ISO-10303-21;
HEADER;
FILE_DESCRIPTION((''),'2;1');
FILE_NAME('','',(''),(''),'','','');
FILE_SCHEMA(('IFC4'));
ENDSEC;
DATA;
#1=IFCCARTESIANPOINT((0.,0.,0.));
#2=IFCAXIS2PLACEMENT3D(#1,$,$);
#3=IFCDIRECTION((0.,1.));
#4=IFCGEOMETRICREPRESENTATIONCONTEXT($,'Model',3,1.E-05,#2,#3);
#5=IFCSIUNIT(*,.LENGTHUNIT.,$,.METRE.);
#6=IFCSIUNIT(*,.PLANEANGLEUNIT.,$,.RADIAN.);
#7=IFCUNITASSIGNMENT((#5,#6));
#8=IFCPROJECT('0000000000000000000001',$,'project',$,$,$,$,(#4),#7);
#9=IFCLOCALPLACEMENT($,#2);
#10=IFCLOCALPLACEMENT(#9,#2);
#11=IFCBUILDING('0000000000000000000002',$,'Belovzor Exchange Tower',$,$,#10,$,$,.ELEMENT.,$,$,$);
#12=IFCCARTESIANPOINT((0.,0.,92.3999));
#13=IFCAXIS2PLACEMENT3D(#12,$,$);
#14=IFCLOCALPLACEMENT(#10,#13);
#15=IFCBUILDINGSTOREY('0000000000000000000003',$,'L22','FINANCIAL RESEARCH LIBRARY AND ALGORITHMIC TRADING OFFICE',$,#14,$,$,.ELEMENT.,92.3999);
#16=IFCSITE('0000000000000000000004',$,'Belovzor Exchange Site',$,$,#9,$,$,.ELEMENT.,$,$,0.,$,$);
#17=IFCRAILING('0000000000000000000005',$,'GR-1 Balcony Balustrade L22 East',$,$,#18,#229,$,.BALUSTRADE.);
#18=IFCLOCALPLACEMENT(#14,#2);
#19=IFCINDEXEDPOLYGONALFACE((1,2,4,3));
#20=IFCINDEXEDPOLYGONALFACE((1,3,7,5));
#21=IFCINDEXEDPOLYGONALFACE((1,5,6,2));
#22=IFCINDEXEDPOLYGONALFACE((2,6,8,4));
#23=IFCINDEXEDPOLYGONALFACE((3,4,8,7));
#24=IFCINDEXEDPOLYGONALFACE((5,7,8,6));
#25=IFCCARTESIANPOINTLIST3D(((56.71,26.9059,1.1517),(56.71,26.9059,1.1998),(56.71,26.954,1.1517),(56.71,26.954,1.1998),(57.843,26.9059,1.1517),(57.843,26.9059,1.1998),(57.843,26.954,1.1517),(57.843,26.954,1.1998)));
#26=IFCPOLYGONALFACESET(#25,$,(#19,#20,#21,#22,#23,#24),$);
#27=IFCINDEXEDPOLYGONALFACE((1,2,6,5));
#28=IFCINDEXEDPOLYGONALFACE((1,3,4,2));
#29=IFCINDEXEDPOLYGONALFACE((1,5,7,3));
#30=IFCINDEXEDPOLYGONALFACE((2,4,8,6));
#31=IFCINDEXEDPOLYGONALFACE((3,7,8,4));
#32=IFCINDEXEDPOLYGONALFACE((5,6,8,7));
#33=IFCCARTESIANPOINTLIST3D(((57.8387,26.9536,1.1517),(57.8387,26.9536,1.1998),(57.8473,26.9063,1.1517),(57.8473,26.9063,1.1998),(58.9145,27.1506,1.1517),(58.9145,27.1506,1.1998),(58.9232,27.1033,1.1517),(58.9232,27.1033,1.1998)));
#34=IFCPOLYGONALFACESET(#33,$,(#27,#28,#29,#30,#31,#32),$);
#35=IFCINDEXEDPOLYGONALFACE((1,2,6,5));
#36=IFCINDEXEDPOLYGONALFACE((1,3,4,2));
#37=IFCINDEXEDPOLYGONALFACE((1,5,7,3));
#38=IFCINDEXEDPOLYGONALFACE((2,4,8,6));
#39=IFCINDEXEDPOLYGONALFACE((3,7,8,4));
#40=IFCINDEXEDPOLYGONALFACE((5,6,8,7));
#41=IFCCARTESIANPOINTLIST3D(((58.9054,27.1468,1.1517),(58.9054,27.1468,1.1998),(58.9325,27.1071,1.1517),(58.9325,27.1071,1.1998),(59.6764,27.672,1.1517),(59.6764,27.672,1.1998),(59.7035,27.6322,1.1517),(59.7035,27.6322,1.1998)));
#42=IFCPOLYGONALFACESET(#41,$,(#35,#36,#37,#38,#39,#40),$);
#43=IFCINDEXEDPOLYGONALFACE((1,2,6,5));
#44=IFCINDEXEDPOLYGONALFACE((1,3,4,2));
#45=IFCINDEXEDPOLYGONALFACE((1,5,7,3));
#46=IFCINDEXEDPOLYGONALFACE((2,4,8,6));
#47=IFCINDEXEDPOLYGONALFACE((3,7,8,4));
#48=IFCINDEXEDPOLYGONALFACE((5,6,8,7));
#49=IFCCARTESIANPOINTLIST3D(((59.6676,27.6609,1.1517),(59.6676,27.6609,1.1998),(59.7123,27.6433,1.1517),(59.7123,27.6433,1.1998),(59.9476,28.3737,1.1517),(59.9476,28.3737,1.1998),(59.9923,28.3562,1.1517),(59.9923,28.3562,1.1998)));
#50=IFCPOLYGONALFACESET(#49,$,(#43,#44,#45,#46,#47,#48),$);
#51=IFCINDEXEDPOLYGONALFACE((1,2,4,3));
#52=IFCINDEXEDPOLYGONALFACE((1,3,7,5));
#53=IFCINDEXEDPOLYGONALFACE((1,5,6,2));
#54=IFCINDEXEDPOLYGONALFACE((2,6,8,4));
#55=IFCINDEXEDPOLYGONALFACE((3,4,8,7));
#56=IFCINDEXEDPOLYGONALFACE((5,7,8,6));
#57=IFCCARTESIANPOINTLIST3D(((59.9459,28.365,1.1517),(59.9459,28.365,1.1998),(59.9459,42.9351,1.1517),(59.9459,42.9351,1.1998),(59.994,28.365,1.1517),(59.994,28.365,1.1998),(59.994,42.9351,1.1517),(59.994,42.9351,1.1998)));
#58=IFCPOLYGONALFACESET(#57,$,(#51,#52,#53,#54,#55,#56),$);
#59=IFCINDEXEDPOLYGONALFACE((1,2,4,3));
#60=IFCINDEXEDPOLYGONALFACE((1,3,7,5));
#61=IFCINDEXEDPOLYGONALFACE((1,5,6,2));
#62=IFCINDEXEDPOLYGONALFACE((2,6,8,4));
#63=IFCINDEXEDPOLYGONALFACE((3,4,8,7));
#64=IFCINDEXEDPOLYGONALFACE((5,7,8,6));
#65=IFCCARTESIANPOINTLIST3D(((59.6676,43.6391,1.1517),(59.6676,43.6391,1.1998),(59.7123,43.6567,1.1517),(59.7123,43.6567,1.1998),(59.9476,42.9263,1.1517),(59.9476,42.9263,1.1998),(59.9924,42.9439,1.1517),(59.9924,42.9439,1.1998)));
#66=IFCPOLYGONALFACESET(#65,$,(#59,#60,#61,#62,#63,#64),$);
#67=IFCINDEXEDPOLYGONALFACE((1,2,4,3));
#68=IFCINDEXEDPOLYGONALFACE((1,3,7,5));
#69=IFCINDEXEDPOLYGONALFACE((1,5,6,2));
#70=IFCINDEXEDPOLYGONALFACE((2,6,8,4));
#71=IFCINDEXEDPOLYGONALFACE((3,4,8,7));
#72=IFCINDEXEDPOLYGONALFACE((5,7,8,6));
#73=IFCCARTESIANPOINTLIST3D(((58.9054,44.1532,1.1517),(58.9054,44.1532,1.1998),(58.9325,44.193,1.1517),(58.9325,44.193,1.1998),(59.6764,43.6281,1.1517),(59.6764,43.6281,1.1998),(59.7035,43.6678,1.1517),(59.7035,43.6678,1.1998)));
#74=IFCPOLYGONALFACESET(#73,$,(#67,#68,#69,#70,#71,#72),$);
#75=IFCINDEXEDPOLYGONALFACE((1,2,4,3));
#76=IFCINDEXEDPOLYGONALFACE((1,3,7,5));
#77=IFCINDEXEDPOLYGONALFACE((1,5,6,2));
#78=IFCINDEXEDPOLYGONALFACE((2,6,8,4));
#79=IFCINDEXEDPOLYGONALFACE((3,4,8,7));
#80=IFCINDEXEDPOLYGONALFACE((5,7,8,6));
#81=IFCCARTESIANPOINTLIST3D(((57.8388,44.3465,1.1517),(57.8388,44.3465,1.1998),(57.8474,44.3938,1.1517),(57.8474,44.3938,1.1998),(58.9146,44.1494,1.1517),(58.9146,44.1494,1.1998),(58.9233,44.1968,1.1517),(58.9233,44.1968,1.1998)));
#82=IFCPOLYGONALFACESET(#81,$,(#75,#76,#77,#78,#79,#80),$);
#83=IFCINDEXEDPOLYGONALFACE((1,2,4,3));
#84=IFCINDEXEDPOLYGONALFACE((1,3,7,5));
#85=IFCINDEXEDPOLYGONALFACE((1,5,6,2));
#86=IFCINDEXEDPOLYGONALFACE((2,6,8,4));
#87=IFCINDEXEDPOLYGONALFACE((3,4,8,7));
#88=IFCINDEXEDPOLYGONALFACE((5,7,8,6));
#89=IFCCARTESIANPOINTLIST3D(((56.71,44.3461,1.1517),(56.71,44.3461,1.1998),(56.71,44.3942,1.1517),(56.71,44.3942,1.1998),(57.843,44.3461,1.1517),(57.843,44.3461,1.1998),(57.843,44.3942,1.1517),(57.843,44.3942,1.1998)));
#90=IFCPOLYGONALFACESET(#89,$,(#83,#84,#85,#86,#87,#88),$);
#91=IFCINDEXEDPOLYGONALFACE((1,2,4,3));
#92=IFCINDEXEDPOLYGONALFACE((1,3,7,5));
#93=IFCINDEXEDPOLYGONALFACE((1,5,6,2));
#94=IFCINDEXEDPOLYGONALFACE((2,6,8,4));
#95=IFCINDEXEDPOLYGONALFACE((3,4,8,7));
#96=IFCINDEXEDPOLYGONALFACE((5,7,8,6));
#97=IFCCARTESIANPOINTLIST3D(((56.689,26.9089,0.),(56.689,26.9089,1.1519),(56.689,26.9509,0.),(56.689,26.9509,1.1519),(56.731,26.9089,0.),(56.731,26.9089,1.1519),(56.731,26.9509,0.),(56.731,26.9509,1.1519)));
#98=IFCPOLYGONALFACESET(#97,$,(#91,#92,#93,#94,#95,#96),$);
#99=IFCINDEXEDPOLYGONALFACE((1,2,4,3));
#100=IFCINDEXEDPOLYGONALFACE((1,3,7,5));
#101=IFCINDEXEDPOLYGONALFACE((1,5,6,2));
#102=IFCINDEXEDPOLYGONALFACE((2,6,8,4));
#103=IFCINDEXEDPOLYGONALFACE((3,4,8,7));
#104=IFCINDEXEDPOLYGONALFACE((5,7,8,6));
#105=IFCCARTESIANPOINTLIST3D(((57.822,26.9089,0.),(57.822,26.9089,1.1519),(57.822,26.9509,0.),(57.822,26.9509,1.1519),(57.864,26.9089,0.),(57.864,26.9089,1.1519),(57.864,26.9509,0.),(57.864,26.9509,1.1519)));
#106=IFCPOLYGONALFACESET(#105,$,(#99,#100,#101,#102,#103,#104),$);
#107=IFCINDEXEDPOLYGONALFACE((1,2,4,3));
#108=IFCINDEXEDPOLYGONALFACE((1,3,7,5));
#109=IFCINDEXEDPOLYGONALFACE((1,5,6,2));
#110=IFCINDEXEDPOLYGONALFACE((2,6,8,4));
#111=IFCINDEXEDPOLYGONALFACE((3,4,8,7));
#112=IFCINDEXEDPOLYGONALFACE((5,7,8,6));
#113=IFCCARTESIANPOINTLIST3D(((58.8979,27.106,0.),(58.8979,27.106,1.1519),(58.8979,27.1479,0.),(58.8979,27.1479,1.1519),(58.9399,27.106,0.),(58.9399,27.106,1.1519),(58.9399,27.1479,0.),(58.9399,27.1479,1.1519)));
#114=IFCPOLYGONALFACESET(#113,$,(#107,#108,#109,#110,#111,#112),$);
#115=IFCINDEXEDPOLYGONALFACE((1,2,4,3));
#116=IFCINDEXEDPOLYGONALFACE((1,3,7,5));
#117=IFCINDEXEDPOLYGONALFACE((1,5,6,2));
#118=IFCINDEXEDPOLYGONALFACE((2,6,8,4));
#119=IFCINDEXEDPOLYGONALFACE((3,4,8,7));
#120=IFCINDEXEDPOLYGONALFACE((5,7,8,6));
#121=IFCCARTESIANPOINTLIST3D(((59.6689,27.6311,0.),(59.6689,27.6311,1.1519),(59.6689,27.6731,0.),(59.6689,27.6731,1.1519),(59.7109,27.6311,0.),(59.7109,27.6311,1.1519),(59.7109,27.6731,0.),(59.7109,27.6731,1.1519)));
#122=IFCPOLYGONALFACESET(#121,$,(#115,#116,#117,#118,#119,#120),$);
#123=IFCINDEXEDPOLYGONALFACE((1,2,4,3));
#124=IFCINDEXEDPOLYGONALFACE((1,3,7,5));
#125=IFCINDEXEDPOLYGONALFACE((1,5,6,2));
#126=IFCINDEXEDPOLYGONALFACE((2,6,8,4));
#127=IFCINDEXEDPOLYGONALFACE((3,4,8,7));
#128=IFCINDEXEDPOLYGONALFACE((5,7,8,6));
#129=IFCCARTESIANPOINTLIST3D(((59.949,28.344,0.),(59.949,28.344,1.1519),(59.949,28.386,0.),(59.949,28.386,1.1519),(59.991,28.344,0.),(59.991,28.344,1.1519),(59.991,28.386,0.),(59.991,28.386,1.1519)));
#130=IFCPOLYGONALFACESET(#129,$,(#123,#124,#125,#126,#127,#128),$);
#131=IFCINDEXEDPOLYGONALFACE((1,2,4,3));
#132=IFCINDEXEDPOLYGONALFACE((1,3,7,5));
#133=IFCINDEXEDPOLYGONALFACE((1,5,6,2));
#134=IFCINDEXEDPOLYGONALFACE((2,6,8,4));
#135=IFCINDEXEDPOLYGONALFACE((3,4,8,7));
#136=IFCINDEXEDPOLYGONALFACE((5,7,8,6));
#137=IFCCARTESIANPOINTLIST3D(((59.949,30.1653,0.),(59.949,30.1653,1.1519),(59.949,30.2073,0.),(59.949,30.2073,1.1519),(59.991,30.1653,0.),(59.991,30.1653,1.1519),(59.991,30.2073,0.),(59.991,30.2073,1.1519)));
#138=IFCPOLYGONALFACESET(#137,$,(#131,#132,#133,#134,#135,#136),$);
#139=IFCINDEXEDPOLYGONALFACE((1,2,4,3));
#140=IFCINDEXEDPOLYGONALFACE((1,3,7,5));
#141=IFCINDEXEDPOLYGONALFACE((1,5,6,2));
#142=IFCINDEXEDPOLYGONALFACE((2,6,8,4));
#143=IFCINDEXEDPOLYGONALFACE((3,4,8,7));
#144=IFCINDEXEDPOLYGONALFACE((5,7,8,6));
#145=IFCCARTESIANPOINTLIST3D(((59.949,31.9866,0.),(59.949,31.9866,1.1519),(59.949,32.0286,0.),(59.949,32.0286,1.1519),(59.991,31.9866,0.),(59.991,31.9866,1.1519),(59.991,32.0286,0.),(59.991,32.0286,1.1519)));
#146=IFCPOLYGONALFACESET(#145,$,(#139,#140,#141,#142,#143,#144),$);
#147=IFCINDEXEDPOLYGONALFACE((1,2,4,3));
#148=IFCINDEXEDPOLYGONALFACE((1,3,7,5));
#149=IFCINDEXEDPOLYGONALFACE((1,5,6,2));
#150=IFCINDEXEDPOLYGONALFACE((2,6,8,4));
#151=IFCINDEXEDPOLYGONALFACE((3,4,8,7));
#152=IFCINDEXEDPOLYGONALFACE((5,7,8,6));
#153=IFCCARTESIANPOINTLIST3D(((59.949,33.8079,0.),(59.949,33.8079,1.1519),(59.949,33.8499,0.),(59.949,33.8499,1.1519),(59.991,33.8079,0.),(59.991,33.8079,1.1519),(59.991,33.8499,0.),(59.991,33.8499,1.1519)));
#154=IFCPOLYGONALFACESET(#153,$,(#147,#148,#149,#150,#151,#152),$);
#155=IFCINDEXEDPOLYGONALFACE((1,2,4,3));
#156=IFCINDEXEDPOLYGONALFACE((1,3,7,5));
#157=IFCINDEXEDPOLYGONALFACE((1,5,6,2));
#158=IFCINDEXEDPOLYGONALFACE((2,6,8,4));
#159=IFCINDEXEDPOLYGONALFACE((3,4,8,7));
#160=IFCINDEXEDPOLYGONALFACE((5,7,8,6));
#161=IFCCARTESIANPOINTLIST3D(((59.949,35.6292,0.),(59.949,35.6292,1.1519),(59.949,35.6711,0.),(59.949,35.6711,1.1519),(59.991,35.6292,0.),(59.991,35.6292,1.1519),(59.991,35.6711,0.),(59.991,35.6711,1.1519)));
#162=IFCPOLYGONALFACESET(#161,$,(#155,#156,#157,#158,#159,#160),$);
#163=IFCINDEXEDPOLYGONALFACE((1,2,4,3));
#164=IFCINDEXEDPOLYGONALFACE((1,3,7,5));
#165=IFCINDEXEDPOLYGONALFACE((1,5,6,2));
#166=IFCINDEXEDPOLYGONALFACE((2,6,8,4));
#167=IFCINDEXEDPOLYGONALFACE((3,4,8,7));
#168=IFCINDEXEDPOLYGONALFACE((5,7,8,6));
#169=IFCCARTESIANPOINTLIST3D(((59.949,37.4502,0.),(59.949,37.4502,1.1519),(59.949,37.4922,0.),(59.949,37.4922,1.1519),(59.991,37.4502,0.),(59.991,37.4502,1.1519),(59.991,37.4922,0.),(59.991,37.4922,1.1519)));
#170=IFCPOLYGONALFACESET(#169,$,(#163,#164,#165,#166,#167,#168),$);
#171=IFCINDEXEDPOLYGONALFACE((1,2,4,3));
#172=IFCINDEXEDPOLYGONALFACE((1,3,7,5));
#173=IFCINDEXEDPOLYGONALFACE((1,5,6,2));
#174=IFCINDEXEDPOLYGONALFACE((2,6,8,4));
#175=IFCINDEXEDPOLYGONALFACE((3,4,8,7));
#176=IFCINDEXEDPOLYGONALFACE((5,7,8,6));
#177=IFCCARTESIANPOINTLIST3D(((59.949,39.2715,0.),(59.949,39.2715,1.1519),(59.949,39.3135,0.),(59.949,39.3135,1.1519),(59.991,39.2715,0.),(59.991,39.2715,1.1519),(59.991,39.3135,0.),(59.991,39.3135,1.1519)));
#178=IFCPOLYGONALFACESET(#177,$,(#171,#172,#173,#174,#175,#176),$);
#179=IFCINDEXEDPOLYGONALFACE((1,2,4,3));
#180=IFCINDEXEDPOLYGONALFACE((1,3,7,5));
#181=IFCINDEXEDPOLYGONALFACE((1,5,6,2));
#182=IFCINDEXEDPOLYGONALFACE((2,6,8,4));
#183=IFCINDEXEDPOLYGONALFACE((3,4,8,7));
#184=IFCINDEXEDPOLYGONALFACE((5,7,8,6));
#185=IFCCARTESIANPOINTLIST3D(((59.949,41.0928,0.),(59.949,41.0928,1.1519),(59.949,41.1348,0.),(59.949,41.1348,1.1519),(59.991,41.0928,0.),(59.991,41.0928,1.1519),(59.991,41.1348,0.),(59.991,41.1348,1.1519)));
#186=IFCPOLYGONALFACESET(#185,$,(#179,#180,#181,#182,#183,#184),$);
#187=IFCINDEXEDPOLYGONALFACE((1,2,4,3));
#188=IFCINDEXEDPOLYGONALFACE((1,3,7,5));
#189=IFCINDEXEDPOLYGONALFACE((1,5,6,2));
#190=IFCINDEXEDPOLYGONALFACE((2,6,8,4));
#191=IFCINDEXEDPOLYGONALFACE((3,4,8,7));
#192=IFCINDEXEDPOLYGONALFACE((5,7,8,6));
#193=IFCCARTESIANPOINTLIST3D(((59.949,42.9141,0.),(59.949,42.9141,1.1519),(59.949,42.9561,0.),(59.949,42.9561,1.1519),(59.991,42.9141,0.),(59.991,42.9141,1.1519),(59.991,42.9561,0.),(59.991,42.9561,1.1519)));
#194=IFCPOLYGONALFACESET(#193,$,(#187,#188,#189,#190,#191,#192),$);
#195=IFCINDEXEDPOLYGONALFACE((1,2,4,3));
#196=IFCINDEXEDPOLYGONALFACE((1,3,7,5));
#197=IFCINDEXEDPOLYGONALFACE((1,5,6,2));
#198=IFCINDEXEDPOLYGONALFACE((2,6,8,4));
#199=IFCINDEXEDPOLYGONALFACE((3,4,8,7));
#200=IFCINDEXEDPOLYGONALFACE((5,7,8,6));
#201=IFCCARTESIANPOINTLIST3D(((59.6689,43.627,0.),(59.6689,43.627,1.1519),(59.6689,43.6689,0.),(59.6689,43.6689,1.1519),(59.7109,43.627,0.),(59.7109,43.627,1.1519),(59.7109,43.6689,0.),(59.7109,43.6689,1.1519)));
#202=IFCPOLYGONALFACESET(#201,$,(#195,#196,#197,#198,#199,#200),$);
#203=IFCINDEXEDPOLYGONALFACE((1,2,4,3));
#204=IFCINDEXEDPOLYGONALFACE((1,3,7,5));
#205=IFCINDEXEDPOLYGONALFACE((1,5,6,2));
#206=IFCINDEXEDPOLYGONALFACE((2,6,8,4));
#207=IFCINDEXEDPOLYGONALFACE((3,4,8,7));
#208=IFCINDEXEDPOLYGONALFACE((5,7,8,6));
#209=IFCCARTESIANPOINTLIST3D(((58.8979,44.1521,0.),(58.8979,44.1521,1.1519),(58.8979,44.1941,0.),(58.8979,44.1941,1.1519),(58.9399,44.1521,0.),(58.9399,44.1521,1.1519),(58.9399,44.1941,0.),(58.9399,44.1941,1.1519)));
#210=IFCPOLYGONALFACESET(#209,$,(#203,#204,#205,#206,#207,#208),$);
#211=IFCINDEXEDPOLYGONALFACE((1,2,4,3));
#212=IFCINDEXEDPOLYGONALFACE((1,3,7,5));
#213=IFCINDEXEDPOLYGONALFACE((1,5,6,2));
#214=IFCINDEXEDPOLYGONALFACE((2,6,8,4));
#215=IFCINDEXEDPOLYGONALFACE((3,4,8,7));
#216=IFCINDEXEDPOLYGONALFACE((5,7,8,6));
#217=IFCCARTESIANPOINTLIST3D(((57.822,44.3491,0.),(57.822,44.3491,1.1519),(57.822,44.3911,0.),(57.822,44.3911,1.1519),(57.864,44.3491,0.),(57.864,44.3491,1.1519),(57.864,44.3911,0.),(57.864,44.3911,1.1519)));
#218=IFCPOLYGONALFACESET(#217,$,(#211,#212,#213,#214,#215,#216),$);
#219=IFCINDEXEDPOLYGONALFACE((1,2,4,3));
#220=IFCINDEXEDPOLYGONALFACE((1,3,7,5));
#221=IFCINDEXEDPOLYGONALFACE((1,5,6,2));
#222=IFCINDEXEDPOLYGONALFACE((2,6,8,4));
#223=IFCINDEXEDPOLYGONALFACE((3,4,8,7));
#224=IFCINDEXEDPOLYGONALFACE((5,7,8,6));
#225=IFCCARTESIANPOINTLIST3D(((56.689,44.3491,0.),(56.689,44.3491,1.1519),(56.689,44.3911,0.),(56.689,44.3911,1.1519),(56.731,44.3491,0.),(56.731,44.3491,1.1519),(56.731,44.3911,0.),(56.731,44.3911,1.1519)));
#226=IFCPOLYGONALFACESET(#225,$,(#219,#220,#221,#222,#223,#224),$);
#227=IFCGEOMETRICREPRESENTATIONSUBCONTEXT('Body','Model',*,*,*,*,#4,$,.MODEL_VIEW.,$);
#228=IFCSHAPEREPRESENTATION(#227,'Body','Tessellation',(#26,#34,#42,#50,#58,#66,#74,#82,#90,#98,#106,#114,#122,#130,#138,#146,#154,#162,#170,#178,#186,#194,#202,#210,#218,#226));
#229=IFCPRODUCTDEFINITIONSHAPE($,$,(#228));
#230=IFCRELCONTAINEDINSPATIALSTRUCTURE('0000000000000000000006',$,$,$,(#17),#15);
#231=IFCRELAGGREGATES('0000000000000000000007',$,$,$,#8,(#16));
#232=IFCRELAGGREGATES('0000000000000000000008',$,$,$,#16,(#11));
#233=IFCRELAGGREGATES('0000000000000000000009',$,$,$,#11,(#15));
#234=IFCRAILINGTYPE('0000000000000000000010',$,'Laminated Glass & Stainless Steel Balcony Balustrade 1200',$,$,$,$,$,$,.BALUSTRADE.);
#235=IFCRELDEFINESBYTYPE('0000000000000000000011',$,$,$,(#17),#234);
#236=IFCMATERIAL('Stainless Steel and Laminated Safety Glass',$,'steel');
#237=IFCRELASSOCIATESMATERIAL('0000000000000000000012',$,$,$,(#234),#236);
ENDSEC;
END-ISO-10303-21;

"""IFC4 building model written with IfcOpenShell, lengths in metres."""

from ifc_helpers import new_model, si_unit, direction, frame, origin, origin_2d, place, context, subcontext, project, spatial, rectangle, extrude, material, type_object, element, save


model = new_model("IFC4")

# Units and contexts
model_context = context("Model", 3, precision=1e-05, world=origin(), true_north=direction((0.0, 1.0)))
body_context = subcontext(model_context, "Body", "Model", "MODEL_VIEW")
ifc_project = project(units=[si_unit("LENGTHUNIT", "METRE"), si_unit("PLANEANGLEUNIT", "RADIAN")], contexts=[model_context])

# Site, building, storey
site_placement = place(None, origin())
site = spatial("IfcSite", under=ifc_project, at=site_placement, Name="Belovzor Exchange Site", CompositionType="ELEMENT", RefElevation=0.0)
building_placement = place(site_placement, origin())
building = spatial("IfcBuilding", under=site, at=building_placement, Name="Belovzor Exchange Tower", CompositionType="ELEMENT")
storey_placement = place(building_placement, frame((0.0, 0.0, 92.3999)))
storey = spatial("IfcBuildingStorey", under=building, at=storey_placement, Name="L22", Description="FINANCIAL RESEARCH LIBRARY AND ALGORITHMIC TRADING OFFICE", CompositionType="ELEMENT", Elevation=92.3999)

# Railing
ifc_material_1 = material(Name="Stainless Steel and Laminated Safety Glass", Category="steel")
railing_type = type_object("IfcRailingType", Name="Laminated Glass & Stainless Steel Balcony Balustrade 1200", PredefinedType="BALUSTRADE", material=ifc_material_1)
railing_placement = place(storey_placement, frame((56.71, 26.9299, 0.0)))
element("IfcRailing", 1, at=railing_placement, inside=storey, type_object=railing_type, Name="GR-1 Balcony Balustrade L22 East", PredefinedType="BALUSTRADE", context=body_context, shape_type="SweptSolid", body=[
    extrude(rectangle(XDim=0.0481, YDim=0.0481, at=origin_2d()), frame((0.0, 0.0, 1.1758), z_axis=(1.0, 0.0, 0.0), x_axis=(0.0, 1.0, 0.0)), (0.0, 0.0, 1.0), 1.1331),
    extrude(rectangle(XDim=0.0481, YDim=0.0481, at=origin_2d()), frame((1.1331, 0.0, 1.1758), z_axis=(0.983644, 0.180123, 0.0), x_axis=(-0.180123, 0.983644, 0.0)), (0.0, 0.0, 1.0), 1.0938),
    extrude(rectangle(XDim=0.0481, YDim=0.0481, at=origin_2d()), frame((2.209, 0.197, 1.1758), z_axis=(0.826493, 0.562947, 0.0), x_axis=(-0.562947, 0.826493, 0.0)), (0.0, 0.0, 1.0), 0.9329),
    extrude(rectangle(XDim=0.0481, YDim=0.0481, at=origin_2d()), frame((2.98, 0.7222, 1.1758), z_axis=(0.365613, 0.930767, 0.0), x_axis=(-0.930767, 0.365613, 0.0)), (0.0, 0.0, 1.0), 0.7659),
    extrude(rectangle(XDim=0.0481, YDim=0.0481, at=origin_2d()), frame((3.26, 1.4351, 1.1758), z_axis=(0.0, 1.0, 0.0), x_axis=(-1.0, 0.0, 0.0)), (0.0, 0.0, 1.0), 14.5701),
    extrude(rectangle(XDim=0.0481, YDim=0.0481, at=origin_2d()), frame((3.26, 16.0051, 1.1758), z_axis=(-0.365613, 0.930767, 0.0), x_axis=(-0.930767, -0.365613, 0.0)), (0.0, 0.0, 1.0), 0.7659),
    extrude(rectangle(XDim=0.0481, YDim=0.0481, at=origin_2d()), frame((2.98, 16.718, 1.1758), z_axis=(-0.826493, 0.562947, 0.0), x_axis=(-0.562947, -0.826493, 0.0)), (0.0, 0.0, 1.0), 0.9329),
    extrude(rectangle(XDim=0.0481, YDim=0.0481, at=origin_2d()), frame((2.209, 17.2432, 1.1758), z_axis=(-0.983644, 0.180123, 0.0), x_axis=(-0.180123, -0.983644, 0.0)), (0.0, 0.0, 1.0), 1.0938),
    extrude(rectangle(XDim=0.0481, YDim=0.0481, at=origin_2d()), frame((1.1331, 17.4402, 1.1758), z_axis=(-1.0, 0.0, 0.0), x_axis=(0.0, -1.0, 0.0)), (0.0, 0.0, 1.0), 1.1331),
    extrude(rectangle(XDim=0.042, YDim=0.042, at=origin_2d()), origin(), (0.0, 0.0, 1.0), 1.1519),
    extrude(rectangle(XDim=0.042, YDim=0.042, at=origin_2d()), frame((1.1331, 0.0, 0.0)), (0.0, 0.0, 1.0), 1.1519),
    extrude(rectangle(XDim=0.042, YDim=0.042, at=origin_2d()), frame((2.209, 0.197, 0.0)), (0.0, 0.0, 1.0), 1.1519),
    extrude(rectangle(XDim=0.042, YDim=0.042, at=origin_2d()), frame((2.98, 0.7222, 0.0)), (0.0, 0.0, 1.0), 1.1519),
    extrude(rectangle(XDim=0.042, YDim=0.042, at=origin_2d()), frame((3.26, 1.4351, 0.0)), (0.0, 0.0, 1.0), 1.1519),
    extrude(rectangle(XDim=0.042, YDim=0.042, at=origin_2d()), frame((3.26, 3.2563, 0.0)), (0.0, 0.0, 1.0), 1.1519),
    extrude(rectangle(XDim=0.042, YDim=0.042, at=origin_2d()), frame((3.26, 5.0776, 0.0)), (0.0, 0.0, 1.0), 1.1519),
    extrude(rectangle(XDim=0.042, YDim=0.042, at=origin_2d()), frame((3.26, 6.8989, 0.0)), (0.0, 0.0, 1.0), 1.1519),
    extrude(rectangle(XDim=0.042, YDim=0.042, at=origin_2d()), frame((3.26, 8.7202, 0.0)), (0.0, 0.0, 1.0), 1.1519),
    extrude(rectangle(XDim=0.042, YDim=0.042, at=origin_2d()), frame((3.26, 10.5413, 0.0)), (0.0, 0.0, 1.0), 1.1519),
    extrude(rectangle(XDim=0.042, YDim=0.042, at=origin_2d()), frame((3.26, 12.3625, 0.0)), (0.0, 0.0, 1.0), 1.1519),
    extrude(rectangle(XDim=0.042, YDim=0.042, at=origin_2d()), frame((3.26, 14.1838, 0.0)), (0.0, 0.0, 1.0), 1.1519),
    extrude(rectangle(XDim=0.042, YDim=0.042, at=origin_2d()), frame((3.26, 16.0051, 0.0)), (0.0, 0.0, 1.0), 1.1519),
    extrude(rectangle(XDim=0.042, YDim=0.042, at=origin_2d()), frame((2.98, 16.718, 0.0)), (0.0, 0.0, 1.0), 1.1519),
    extrude(rectangle(XDim=0.042, YDim=0.042, at=origin_2d()), frame((2.209, 17.2432, 0.0)), (0.0, 0.0, 1.0), 1.1519),
    extrude(rectangle(XDim=0.042, YDim=0.042, at=origin_2d()), frame((1.1331, 17.4402, 0.0)), (0.0, 0.0, 1.0), 1.1519),
    extrude(rectangle(XDim=0.042, YDim=0.042, at=origin_2d()), frame((0.0, 17.4402, 0.0)), (0.0, 0.0, 1.0), 1.1519),
])

save(model, "model.ifc")
